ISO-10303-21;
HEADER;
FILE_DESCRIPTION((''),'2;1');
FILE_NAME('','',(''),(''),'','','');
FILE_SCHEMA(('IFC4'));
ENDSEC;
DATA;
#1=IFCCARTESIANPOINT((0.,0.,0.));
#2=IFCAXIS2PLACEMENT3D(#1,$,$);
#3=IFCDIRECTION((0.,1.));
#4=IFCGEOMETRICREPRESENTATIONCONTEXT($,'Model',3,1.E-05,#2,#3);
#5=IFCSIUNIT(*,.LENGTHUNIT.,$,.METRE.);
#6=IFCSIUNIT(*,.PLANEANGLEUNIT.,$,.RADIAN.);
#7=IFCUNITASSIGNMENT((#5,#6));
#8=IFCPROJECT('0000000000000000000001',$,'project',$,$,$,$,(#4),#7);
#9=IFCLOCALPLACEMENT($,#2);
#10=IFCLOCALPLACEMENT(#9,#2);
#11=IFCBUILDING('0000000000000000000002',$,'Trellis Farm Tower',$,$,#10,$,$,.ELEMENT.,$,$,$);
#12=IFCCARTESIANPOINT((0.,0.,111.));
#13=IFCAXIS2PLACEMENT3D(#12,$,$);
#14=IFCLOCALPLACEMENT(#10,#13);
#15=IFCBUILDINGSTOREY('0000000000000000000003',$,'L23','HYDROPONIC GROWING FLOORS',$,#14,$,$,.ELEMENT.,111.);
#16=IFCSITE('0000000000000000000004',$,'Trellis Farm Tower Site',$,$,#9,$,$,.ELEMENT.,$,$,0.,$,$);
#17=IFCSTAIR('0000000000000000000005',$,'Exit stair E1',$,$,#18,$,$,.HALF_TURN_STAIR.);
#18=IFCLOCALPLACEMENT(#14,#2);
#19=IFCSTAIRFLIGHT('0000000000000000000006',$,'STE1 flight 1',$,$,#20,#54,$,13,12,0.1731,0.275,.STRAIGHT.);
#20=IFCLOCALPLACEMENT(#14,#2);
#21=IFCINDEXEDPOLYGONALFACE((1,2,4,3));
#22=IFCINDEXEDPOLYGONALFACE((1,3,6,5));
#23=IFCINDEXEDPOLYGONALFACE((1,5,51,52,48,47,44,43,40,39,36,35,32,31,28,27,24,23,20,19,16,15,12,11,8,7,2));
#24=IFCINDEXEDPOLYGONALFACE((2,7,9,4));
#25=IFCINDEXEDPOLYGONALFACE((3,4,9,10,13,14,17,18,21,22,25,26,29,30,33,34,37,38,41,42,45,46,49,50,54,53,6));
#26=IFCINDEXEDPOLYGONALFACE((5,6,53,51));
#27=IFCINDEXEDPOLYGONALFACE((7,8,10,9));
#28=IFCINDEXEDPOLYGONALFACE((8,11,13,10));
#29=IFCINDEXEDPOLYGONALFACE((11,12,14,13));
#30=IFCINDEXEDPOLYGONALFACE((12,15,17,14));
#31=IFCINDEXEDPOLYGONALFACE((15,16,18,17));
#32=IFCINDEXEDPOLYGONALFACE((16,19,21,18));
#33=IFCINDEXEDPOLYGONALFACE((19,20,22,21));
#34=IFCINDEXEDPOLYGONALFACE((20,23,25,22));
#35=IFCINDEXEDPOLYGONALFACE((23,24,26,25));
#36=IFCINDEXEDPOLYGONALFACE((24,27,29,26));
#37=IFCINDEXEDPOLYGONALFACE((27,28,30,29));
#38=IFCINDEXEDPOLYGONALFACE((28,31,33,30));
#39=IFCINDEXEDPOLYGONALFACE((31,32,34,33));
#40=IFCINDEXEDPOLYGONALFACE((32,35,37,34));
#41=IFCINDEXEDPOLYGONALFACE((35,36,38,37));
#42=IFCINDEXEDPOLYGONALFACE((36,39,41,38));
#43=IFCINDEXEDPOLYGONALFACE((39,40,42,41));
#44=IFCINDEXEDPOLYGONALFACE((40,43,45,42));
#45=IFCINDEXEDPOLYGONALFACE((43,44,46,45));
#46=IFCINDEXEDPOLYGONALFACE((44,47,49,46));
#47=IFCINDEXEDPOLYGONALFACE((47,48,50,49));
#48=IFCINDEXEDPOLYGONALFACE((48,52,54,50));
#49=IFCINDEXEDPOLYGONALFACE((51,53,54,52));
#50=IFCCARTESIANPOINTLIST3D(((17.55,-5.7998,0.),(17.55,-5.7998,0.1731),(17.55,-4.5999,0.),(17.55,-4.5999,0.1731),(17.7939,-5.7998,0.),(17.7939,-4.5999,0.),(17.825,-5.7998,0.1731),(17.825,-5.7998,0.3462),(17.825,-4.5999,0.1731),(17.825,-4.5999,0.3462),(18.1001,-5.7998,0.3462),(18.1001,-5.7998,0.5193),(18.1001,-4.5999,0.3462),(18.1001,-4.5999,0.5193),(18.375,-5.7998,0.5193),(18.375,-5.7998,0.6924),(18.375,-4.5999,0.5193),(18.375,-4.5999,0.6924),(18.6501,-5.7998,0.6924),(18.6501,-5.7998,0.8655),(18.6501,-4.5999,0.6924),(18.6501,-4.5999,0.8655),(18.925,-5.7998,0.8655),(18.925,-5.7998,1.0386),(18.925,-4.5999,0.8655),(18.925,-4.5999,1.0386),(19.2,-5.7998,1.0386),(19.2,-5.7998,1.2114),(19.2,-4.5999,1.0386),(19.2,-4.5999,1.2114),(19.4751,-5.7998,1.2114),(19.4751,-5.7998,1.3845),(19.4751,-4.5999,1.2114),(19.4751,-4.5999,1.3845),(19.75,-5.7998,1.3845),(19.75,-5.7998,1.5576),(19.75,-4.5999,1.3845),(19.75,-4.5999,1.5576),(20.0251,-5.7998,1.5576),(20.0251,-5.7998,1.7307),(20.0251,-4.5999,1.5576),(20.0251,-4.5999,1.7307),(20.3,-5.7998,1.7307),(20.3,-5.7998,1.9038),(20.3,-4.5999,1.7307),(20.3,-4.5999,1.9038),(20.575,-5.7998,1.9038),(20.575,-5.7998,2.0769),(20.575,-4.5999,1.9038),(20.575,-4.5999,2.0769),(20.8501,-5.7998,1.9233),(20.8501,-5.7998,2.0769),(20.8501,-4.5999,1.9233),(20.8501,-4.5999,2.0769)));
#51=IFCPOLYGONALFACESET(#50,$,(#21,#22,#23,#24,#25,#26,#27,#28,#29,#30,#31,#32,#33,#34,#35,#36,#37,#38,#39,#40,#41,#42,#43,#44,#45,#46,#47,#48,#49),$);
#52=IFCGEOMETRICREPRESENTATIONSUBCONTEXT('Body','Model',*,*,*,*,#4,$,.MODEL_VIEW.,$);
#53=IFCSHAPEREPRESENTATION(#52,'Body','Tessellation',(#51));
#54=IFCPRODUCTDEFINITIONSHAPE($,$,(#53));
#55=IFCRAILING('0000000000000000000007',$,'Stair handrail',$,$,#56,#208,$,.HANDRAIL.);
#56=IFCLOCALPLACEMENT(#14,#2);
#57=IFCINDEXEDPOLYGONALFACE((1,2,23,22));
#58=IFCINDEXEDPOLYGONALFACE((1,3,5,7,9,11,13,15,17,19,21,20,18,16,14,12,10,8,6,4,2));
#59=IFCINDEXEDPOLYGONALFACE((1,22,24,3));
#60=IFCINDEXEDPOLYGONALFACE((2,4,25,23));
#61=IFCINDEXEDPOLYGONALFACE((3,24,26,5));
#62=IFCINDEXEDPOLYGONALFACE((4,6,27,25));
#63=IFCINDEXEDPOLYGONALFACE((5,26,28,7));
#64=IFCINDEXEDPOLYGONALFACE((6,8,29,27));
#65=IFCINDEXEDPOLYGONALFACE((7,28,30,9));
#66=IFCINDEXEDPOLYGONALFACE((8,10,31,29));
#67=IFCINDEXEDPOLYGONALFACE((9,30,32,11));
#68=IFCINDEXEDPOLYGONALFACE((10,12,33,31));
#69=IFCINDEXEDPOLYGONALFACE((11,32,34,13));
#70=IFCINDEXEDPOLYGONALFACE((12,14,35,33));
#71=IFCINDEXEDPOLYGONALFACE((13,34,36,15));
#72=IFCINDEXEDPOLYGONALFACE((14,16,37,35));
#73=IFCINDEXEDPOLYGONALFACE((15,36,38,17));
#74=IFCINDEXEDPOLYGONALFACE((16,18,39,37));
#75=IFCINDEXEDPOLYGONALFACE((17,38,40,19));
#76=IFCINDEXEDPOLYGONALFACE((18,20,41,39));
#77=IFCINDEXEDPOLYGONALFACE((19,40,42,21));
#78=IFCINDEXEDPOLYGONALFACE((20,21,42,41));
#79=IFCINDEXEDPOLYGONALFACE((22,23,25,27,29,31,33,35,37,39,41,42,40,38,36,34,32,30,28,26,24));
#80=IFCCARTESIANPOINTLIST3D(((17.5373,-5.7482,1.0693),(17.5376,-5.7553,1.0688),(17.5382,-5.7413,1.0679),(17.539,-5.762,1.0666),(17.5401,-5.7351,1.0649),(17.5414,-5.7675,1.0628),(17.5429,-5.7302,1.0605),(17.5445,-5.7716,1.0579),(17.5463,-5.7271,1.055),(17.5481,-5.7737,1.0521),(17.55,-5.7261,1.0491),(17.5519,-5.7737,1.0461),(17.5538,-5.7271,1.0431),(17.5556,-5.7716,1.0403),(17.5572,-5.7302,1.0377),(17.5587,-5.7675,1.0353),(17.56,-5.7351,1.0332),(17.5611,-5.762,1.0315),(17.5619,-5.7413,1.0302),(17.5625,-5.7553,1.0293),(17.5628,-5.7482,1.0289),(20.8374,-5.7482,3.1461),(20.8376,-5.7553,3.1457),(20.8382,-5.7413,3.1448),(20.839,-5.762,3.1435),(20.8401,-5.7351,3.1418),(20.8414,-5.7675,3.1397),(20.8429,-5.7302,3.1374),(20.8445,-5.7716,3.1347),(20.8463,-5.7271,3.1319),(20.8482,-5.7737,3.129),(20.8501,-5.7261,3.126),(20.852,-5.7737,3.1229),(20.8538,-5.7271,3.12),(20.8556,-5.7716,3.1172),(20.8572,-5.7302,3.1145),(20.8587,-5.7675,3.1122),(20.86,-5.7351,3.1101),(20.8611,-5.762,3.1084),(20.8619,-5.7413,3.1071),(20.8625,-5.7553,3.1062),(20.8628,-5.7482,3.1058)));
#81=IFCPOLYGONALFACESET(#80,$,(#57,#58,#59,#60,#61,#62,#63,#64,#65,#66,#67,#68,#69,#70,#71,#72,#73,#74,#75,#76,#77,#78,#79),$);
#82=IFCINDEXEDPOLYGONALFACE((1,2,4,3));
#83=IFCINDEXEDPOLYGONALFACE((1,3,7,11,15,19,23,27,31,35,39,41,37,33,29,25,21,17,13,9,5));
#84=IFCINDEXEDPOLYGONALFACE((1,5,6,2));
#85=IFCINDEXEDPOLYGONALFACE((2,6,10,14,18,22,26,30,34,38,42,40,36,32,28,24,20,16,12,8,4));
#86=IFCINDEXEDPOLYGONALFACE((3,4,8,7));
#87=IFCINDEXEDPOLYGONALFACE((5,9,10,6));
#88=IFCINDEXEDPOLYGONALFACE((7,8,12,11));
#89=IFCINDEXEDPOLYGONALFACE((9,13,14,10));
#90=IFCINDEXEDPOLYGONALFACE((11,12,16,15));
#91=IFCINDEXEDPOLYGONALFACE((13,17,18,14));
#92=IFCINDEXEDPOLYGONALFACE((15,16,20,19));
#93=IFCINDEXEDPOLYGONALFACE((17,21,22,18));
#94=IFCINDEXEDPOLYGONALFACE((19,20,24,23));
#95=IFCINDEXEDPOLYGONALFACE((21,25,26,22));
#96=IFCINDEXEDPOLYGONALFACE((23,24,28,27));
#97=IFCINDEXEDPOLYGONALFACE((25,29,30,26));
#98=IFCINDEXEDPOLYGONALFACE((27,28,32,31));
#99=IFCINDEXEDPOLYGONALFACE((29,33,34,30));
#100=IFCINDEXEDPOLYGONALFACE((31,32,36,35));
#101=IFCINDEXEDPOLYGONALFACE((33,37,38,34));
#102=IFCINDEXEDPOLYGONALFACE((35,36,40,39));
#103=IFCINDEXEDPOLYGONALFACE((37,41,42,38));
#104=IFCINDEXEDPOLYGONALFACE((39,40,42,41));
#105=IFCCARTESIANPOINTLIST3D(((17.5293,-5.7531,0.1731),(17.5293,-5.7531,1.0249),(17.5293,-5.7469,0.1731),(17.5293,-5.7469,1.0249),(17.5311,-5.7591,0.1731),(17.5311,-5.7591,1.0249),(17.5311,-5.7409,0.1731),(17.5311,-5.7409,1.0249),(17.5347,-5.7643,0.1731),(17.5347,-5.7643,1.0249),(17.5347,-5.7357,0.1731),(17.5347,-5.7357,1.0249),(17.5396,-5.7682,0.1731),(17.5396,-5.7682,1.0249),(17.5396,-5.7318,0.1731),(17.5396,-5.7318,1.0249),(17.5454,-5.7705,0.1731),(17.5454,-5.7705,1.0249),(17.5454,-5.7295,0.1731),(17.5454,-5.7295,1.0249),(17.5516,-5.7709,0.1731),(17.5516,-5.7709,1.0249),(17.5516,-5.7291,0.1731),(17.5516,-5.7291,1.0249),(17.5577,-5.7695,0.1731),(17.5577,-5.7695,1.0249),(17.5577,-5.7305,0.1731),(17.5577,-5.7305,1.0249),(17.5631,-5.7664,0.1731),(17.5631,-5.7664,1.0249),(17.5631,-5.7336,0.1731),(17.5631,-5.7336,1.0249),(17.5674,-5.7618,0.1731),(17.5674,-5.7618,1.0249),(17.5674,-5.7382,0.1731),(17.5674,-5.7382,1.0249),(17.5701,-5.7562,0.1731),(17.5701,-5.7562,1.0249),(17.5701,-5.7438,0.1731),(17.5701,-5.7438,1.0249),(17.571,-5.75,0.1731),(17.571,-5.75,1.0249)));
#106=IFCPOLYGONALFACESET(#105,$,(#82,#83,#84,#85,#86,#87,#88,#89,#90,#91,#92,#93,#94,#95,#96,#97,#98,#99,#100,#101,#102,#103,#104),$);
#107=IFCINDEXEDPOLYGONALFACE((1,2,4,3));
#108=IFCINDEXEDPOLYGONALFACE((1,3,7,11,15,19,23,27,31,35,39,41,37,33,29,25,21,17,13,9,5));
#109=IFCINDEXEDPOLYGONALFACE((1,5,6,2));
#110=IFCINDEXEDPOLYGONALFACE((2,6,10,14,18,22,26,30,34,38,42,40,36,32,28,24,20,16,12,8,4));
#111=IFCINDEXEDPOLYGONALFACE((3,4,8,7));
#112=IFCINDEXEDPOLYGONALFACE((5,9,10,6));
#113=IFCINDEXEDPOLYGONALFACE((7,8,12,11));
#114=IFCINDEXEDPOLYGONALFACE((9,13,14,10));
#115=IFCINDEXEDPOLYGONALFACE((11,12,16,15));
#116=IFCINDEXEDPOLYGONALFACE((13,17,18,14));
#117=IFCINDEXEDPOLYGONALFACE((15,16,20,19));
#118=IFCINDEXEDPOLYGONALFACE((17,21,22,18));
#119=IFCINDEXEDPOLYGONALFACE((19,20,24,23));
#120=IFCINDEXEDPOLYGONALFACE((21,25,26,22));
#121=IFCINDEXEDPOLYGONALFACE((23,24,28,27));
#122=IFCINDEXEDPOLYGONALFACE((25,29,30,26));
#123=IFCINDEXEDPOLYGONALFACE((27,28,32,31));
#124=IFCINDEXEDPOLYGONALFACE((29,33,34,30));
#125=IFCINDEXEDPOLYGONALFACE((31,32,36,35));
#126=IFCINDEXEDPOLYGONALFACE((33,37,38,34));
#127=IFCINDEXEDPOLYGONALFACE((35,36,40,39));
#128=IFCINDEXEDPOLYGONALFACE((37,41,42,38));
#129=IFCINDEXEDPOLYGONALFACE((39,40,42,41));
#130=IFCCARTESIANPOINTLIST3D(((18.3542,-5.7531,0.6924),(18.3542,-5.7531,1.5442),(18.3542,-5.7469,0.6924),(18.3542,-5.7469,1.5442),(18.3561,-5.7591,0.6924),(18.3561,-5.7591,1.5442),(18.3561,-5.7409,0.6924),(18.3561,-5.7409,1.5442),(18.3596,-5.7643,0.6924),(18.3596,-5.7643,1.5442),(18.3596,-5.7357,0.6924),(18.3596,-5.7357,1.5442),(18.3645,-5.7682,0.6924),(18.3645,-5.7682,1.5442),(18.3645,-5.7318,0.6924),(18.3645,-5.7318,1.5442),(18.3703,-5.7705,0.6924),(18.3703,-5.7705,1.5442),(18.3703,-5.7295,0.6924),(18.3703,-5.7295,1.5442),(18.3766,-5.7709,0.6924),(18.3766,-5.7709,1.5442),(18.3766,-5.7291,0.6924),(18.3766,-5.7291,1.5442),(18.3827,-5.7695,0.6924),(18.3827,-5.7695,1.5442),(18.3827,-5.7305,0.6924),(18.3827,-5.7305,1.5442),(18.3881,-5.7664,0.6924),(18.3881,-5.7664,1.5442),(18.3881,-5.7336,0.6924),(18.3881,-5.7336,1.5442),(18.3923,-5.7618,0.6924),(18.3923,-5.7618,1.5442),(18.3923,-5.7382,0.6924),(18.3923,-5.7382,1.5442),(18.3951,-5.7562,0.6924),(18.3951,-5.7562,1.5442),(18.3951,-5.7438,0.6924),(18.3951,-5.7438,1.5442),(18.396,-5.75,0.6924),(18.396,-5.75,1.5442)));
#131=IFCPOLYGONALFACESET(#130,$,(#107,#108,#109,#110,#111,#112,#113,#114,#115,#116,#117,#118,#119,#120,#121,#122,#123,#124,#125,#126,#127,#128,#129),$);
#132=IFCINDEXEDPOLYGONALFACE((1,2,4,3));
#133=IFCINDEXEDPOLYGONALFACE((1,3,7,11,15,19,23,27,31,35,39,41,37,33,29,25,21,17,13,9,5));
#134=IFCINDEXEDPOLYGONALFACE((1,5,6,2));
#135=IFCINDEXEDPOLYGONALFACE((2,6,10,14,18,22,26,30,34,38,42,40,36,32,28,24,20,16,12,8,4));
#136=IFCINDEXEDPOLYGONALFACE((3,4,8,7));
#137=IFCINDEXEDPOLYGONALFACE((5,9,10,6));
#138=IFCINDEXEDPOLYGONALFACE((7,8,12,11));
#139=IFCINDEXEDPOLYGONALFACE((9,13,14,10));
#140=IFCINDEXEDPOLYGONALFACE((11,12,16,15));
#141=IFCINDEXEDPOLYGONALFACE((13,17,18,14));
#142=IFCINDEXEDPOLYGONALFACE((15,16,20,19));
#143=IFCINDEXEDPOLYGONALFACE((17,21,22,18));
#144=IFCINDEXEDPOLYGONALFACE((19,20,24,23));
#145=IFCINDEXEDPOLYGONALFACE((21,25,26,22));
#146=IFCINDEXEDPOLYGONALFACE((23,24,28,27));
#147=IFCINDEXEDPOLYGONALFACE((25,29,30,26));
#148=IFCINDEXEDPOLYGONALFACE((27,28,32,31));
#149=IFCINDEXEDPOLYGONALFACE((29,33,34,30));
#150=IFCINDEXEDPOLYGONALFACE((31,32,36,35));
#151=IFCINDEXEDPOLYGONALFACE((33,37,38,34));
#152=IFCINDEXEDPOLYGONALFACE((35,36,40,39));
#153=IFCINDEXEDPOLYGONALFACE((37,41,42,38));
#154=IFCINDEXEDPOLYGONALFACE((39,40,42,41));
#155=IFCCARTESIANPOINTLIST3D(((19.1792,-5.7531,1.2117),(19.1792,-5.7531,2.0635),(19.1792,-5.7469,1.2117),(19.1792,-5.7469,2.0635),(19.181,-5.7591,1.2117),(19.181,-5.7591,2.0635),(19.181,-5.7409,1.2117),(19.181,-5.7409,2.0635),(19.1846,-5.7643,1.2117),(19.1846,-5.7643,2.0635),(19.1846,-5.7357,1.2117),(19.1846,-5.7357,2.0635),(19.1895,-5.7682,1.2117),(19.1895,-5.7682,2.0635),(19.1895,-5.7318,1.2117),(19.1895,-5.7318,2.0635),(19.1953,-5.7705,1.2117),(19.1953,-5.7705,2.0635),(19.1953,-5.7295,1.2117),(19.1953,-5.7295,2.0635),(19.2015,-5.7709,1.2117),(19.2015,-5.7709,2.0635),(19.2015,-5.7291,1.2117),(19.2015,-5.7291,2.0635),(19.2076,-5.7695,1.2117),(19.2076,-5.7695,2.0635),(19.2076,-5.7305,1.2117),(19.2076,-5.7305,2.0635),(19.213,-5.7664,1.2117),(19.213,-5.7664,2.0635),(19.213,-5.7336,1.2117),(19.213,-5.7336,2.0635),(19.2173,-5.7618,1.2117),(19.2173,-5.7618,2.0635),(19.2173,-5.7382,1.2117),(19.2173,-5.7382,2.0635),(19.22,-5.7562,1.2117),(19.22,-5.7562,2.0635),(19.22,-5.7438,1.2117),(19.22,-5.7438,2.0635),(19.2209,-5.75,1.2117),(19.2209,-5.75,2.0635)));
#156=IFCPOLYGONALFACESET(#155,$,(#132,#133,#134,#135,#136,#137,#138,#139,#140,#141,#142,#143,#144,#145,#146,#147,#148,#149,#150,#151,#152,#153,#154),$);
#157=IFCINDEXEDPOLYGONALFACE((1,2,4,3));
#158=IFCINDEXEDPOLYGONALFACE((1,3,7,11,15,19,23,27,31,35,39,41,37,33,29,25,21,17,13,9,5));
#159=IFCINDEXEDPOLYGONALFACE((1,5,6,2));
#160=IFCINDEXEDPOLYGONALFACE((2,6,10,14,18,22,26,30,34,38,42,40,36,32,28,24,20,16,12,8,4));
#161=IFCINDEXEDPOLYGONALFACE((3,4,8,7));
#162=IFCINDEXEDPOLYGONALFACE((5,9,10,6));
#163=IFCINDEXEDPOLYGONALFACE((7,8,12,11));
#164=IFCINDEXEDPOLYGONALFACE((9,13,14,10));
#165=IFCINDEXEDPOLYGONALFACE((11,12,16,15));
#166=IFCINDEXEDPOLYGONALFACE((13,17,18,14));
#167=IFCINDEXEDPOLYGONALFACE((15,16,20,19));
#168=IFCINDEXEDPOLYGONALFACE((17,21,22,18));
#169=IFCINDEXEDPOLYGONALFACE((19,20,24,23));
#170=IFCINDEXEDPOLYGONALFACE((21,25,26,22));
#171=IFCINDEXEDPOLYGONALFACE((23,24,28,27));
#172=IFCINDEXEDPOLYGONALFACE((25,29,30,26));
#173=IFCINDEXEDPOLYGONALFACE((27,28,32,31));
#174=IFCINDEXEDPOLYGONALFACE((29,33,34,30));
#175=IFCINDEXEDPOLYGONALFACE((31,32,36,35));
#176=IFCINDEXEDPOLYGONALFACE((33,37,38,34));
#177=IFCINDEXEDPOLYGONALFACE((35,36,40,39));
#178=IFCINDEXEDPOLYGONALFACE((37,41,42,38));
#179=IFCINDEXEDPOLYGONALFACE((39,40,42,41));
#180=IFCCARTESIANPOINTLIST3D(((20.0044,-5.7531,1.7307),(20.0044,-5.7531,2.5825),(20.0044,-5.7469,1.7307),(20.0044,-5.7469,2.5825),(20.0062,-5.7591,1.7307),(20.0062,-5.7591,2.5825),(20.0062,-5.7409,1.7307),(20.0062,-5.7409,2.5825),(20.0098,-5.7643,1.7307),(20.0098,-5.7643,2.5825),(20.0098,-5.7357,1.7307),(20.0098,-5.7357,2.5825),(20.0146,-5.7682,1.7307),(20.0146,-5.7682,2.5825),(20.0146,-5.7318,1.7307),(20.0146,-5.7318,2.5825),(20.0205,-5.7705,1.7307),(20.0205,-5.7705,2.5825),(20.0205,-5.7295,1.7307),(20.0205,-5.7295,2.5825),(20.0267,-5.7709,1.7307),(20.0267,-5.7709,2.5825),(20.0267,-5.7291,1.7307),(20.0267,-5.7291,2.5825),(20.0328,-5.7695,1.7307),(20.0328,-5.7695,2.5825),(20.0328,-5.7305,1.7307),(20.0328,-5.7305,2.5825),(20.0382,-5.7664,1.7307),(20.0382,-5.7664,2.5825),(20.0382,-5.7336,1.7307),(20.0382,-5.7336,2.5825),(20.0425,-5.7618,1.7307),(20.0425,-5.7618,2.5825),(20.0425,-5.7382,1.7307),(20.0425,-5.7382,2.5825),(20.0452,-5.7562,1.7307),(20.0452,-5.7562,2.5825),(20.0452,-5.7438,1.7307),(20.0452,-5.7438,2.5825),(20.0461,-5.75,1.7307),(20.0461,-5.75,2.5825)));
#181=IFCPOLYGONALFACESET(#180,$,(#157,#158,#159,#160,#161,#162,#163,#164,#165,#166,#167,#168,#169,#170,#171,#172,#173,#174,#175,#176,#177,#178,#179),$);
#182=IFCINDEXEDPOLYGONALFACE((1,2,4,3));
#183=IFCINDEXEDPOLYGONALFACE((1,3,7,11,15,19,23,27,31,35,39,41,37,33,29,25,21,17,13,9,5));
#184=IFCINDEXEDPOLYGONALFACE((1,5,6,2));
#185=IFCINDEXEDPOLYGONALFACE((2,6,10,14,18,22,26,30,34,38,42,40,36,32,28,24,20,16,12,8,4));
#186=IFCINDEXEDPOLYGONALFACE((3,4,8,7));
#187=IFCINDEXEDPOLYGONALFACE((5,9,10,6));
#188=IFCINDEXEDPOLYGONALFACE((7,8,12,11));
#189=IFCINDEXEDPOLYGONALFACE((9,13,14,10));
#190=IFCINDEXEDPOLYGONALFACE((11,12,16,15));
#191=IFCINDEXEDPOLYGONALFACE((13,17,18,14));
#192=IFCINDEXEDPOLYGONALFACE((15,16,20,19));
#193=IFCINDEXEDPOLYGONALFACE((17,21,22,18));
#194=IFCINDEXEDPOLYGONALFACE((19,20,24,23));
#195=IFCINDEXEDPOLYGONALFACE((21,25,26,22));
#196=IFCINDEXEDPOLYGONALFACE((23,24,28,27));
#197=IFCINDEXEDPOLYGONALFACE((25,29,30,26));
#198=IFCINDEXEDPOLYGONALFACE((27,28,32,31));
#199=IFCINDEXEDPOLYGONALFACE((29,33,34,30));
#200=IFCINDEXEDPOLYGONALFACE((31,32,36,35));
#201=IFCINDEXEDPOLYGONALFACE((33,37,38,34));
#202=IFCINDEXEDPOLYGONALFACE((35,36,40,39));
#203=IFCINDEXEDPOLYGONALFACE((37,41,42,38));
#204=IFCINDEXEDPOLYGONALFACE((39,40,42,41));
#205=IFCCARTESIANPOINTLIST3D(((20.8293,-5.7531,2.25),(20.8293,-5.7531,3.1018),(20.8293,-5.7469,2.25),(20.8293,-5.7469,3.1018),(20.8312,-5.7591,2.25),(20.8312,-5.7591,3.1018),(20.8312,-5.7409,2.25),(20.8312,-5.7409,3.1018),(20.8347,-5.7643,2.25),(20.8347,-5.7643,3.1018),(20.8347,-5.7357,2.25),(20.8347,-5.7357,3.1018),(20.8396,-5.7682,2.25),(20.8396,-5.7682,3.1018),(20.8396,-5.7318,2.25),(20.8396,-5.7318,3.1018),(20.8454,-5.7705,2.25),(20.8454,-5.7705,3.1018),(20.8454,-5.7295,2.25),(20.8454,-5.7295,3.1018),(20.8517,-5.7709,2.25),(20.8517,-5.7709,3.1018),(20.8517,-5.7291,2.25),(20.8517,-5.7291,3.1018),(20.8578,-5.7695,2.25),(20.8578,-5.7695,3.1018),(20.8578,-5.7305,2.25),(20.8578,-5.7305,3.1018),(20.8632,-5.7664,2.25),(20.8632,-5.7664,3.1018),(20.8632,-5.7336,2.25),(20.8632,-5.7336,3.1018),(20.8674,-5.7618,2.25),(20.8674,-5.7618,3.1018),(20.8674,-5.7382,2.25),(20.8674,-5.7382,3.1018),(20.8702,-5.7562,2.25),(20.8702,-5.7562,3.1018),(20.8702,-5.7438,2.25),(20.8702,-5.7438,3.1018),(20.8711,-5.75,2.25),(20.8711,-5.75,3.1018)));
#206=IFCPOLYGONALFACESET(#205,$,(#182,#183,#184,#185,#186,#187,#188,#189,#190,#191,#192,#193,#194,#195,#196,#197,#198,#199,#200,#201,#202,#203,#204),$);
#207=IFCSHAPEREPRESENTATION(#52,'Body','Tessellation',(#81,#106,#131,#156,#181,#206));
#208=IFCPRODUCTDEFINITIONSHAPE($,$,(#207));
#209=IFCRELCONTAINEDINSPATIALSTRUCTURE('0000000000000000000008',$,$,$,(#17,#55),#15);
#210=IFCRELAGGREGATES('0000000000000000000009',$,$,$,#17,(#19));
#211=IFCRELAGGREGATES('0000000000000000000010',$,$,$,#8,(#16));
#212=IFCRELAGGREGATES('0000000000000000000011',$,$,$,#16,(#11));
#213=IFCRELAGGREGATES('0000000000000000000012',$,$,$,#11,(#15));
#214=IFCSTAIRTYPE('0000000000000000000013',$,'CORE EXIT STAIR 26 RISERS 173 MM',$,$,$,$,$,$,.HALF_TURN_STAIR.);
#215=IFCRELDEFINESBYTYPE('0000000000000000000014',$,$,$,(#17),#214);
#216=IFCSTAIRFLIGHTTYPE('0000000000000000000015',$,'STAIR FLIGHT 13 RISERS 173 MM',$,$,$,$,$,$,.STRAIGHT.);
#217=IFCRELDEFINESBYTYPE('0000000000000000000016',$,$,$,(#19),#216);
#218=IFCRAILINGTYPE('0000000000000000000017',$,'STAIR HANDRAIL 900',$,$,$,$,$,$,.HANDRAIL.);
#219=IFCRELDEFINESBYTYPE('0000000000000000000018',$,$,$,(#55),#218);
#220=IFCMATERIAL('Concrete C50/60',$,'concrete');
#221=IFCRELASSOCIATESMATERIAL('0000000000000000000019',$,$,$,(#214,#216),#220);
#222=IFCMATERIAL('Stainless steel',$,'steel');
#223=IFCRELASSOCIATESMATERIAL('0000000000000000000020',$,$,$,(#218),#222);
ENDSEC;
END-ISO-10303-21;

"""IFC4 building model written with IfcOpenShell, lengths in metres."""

from ifc_helpers import new_model, si_unit, direction, frame, origin, origin_2d, place, context, subcontext, project, spatial, polyline, circle, outline, extrude, source, transform, mapped, material, type_object, element, aggregate, save


model = new_model("IFC4")

# Units and contexts
model_context = context("Model", 3, precision=1e-05, world=origin(), true_north=direction((0.0, 1.0)))
body_context = subcontext(model_context, "Body", "Model", "MODEL_VIEW")
ifc_project = project(units=[si_unit("LENGTHUNIT", "METRE"), si_unit("PLANEANGLEUNIT", "RADIAN")], contexts=[model_context])

# Site, building, storey
site_placement = place(None, origin())
site = spatial("IfcSite", under=ifc_project, at=site_placement, Name="Trellis Farm Tower Site", CompositionType="ELEMENT", RefElevation=0.0)
building_placement = place(site_placement, origin())
building = spatial("IfcBuilding", under=site, at=building_placement, Name="Trellis Farm Tower", CompositionType="ELEMENT")
storey_placement = place(building_placement, frame((0.0, 0.0, 111.0)))
storey = spatial("IfcBuildingStorey", under=building, at=storey_placement, Name="L23", Description="HYDROPONIC GROWING FLOORS", CompositionType="ELEMENT", Elevation=111.0)

# Shared definitions
placement = place(storey_placement, origin())

# Stair, stair flight
ifc_material_1 = material(Name="Concrete C50/60", Category="concrete")
stair_type = type_object("IfcStairType", Name="CORE EXIT STAIR 26 RISERS 173 MM", PredefinedType="HALF_TURN_STAIR", material=ifc_material_1)
stair = element("IfcStair", 1, at=placement, inside=storey, type_object=stair_type, Name="Exit stair E1", PredefinedType="HALF_TURN_STAIR")
stair_flight_type = type_object("IfcStairFlightType", Name="STAIR FLIGHT 13 RISERS 173 MM", PredefinedType="STRAIGHT", material=ifc_material_1)
shared_shape_1 = source(origin(), body_context, "Body", "SweptSolid", [
    extrude(outline(polyline([(0.0, 0.0), (0.0, 0.1731), (0.2749, 0.1731), (0.2749, 0.3462), (0.55, 0.3462), (0.55, 0.5193), (0.825, 0.5193), (0.825, 0.6924), (1.1001, 0.6924), (1.1001, 0.8655), (1.375, 0.8655), (1.375, 1.0386), (1.6499, 1.0386), (1.6499, 1.2114), (1.925, 1.2114), (1.925, 1.3845), (2.2, 1.3845), (2.2, 1.5576), (2.4751, 1.5576), (2.4751, 1.7307), (2.75, 1.7307), (2.75, 1.9038), (3.0249, 1.9038), (3.0249, 2.0769), (3.3, 2.0769), (3.3, 2.25), (3.3, 1.9233), (0.2439, 0.0), (0.0, 0.0)])), frame((0.0, 0.6001, 0.0), z_axis=(0.0, -1.0, 0.0), x_axis=(1.0, 0.0, 0.0)), (0.0, 0.0, 1.0), 1.2),
])
stair_flight_placement = place(storey_placement, frame((17.55, -5.2, 0.0), z_axis=(0.0, 0.0, 1.0), x_axis=(1.0, 0.0, 0.0)))
stair_flight = element("IfcStairFlight", 2, at=stair_flight_placement, type_object=stair_flight_type, Name="STE1 flight 1", NumberOfRisers=13, NumberOfTreads=12, PredefinedType="STRAIGHT", RiserHeight=0.1731, TreadLength=0.275, context=body_context, shape_type="MappedRepresentation", body=[
    mapped(shared_shape_1, transform((0.0, 0.0, 0.0))),
])
aggregate(stair, [stair_flight])

# Railing
ifc_material_2 = material(Name="Stainless steel", Category="steel")
railing_type = type_object("IfcRailingType", Name="STAIR HANDRAIL 900", PredefinedType="HANDRAIL", material=ifc_material_2)
shared_shape_2 = source(origin(), body_context, "Body", "SweptSolid", [
    extrude(circle(Radius=0.0239, at=origin_2d()), frame((0.0, 0.0, 0.876), z_axis=(0.846337, 0.0, 0.532647), x_axis=(0.0, 1.0, 0.0)), (0.0, 0.0, 1.0), 3.8992),
    extrude(circle(Radius=0.021, at=origin_2d()), origin(), (0.0, 0.0, 1.0), 0.8518),
    extrude(circle(Radius=0.021, at=origin_2d()), frame((0.825, 0.0, 0.5193)), (0.0, 0.0, 1.0), 0.8518),
    extrude(circle(Radius=0.021, at=origin_2d()), frame((1.6499, 0.0, 1.0386)), (0.0, 0.0, 1.0), 0.8518),
    extrude(circle(Radius=0.021, at=origin_2d()), frame((2.4751, 0.0, 1.5576)), (0.0, 0.0, 1.0), 0.8518),
    extrude(circle(Radius=0.021, at=origin_2d()), frame((3.3, 0.0, 2.0769)), (0.0, 0.0, 1.0), 0.8518),
])
railing_placement = place(storey_placement, frame((17.55, -5.75, 0.1731)))
element("IfcRailing", 3, at=railing_placement, inside=storey, type_object=railing_type, Name="Stair handrail", PredefinedType="HANDRAIL", context=body_context, shape_type="MappedRepresentation", body=[
    mapped(shared_shape_2, transform((0.0, 0.0, 0.0))),
])

save(model, "model.ifc")
